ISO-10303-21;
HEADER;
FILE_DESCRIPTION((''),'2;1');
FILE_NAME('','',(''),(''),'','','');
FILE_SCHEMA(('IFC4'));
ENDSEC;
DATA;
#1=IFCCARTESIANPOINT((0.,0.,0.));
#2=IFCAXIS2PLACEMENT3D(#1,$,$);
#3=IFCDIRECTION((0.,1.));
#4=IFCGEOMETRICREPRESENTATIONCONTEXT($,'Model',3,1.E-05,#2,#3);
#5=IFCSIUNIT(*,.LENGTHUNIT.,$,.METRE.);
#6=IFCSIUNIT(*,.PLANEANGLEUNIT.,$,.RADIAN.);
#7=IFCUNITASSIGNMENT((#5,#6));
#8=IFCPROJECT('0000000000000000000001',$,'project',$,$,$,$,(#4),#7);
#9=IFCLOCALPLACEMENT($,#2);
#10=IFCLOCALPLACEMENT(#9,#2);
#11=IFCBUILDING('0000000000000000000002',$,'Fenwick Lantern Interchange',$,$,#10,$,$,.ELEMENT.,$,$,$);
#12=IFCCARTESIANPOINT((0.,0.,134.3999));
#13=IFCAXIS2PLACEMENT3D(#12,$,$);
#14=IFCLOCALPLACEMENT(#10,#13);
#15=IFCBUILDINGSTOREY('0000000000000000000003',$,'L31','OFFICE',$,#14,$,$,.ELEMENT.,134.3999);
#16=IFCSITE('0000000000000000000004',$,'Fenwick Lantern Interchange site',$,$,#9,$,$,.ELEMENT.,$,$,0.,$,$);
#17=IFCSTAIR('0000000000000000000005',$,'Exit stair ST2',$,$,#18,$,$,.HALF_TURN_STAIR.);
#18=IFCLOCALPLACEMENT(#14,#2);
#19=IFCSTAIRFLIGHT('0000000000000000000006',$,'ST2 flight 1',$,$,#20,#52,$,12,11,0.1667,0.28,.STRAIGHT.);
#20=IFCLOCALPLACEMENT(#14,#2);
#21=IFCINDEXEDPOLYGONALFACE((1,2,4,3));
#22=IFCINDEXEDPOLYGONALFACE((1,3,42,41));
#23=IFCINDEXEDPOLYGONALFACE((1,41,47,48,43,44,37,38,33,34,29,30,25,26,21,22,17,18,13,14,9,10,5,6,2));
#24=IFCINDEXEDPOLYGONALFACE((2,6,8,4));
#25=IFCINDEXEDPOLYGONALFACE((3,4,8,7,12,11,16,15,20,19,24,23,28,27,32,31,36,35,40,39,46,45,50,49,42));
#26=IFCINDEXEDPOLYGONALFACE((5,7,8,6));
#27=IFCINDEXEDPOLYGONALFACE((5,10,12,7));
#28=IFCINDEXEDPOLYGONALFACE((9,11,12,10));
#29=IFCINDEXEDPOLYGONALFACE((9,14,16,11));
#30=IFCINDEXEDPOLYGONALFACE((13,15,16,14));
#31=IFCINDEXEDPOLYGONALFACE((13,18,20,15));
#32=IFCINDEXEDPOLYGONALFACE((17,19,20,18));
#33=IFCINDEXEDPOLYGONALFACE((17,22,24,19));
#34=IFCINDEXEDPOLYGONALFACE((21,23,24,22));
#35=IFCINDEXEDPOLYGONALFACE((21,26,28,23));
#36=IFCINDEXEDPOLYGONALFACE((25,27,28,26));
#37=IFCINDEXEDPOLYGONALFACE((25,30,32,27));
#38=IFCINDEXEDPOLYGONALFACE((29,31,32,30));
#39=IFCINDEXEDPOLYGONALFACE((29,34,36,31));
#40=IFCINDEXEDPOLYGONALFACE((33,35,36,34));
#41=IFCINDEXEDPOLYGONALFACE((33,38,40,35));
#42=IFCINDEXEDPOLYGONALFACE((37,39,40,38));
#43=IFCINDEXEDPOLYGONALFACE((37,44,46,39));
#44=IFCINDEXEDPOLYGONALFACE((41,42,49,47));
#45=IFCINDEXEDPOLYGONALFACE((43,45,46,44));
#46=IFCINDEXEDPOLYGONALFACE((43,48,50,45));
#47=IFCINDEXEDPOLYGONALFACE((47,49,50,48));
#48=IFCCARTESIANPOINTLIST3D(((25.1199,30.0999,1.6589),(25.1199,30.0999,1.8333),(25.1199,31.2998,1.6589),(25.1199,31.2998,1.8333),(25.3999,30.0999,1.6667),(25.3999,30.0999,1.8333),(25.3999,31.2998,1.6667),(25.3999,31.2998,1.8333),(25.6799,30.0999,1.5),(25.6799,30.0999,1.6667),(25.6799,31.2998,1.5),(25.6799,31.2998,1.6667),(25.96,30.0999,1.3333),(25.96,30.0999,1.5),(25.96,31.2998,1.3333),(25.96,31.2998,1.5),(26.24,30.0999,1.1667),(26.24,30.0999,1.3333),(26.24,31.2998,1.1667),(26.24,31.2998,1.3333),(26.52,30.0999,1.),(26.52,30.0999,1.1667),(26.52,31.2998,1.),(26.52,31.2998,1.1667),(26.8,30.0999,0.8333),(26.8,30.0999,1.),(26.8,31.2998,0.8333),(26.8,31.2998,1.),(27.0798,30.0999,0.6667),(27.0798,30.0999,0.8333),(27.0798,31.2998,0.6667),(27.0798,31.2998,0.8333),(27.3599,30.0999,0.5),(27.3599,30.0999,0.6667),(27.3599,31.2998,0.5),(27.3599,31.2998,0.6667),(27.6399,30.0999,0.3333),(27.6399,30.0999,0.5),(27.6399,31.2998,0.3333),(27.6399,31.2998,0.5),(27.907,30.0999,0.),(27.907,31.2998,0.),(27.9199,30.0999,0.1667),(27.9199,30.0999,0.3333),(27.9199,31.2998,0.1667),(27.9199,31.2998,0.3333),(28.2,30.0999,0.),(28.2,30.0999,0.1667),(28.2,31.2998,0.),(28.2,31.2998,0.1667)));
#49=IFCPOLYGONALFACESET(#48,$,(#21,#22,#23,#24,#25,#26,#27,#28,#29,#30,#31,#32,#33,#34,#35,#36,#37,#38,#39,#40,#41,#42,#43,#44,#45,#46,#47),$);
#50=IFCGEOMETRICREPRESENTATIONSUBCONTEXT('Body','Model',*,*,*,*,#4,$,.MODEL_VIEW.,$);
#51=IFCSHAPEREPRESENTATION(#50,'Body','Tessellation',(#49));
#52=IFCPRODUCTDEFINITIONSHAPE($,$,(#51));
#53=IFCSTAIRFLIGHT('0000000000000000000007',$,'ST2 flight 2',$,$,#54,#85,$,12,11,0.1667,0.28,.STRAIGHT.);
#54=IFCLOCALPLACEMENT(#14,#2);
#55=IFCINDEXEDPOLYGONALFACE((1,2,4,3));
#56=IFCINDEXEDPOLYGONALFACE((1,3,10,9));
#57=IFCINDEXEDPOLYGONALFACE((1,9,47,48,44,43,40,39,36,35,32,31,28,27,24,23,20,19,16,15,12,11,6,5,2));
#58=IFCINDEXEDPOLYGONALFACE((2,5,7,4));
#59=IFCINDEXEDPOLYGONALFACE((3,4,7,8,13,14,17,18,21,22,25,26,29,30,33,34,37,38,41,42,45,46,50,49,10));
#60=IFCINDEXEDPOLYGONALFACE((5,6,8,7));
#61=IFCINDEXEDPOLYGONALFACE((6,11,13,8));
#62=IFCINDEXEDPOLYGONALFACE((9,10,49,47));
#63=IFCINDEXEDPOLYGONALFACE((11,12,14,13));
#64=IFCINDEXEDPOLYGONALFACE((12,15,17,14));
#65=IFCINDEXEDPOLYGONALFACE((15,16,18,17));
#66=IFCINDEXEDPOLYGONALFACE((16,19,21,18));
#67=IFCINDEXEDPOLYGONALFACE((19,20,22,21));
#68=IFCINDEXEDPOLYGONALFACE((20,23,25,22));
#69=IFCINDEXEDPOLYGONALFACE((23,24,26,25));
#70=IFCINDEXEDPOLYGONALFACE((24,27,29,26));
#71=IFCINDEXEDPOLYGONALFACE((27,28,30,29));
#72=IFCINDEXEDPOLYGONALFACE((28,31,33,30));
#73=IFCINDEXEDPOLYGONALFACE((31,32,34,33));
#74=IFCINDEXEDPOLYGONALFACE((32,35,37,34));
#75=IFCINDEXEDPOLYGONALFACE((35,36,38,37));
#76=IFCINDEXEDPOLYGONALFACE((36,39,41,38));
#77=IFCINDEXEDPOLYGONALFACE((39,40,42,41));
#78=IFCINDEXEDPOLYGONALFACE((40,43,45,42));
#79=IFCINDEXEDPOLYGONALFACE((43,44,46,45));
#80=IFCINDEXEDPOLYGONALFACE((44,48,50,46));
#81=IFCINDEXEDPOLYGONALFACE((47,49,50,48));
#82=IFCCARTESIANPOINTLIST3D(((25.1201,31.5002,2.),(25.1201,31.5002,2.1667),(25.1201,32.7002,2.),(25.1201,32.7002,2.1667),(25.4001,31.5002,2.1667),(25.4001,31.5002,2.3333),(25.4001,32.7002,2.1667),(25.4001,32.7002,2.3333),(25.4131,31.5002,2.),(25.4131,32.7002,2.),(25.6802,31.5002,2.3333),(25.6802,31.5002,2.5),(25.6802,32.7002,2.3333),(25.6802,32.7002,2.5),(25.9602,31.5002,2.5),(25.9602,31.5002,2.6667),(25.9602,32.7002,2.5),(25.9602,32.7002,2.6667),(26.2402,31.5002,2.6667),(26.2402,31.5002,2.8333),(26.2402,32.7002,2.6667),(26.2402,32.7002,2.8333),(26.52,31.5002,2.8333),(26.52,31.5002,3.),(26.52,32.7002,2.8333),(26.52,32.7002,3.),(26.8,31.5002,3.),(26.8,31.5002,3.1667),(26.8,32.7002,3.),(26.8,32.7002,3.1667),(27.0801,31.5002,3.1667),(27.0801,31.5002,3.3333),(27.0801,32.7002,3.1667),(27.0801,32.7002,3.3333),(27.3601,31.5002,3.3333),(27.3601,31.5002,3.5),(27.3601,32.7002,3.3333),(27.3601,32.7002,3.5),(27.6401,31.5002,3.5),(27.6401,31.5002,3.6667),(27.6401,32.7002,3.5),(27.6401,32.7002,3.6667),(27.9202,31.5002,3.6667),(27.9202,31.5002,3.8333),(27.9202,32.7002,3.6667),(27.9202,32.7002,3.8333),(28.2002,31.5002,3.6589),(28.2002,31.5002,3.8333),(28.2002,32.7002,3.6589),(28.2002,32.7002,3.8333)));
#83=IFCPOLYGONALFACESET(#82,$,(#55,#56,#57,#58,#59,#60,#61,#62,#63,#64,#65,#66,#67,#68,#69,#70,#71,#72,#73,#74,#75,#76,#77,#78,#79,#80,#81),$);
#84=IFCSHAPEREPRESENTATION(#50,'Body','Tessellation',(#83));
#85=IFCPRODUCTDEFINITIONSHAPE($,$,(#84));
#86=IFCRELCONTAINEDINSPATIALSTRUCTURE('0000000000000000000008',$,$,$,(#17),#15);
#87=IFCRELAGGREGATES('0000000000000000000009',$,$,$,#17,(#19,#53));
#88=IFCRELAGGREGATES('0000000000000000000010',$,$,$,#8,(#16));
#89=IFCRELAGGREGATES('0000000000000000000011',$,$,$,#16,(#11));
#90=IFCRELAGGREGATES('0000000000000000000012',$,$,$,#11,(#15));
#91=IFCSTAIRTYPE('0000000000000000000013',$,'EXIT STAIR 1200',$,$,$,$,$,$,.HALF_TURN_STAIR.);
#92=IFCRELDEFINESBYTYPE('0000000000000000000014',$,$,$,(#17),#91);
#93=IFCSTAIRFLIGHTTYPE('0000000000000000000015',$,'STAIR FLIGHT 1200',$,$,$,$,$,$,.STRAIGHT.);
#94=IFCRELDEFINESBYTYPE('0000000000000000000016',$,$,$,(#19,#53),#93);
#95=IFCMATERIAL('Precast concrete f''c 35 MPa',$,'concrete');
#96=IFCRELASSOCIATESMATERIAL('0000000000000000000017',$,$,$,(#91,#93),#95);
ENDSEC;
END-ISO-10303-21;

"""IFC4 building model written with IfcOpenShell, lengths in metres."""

from ifc_helpers import new_model, si_unit, direction, frame, origin, place, context, subcontext, project, spatial, polyline, outline, extrude, material, type_object, element, aggregate, save


model = new_model("IFC4")

# Units and contexts
model_context = context("Model", 3, precision=1e-05, world=origin(), true_north=direction((0.0, 1.0)))
body_context = subcontext(model_context, "Body", "Model", "MODEL_VIEW")
ifc_project = project(units=[si_unit("LENGTHUNIT", "METRE"), si_unit("PLANEANGLEUNIT", "RADIAN")], contexts=[model_context])

# Site, building, storey
site_placement = place(None, origin())
site = spatial("IfcSite", under=ifc_project, at=site_placement, Name="Fenwick Lantern Interchange site", CompositionType="ELEMENT", RefElevation=0.0)
building_placement = place(site_placement, origin())
building = spatial("IfcBuilding", under=site, at=building_placement, Name="Fenwick Lantern Interchange", CompositionType="ELEMENT")
storey_placement = place(building_placement, frame((0.0, 0.0, 134.3999)))
storey = spatial("IfcBuildingStorey", under=building, at=storey_placement, Name="L31", Description="OFFICE", CompositionType="ELEMENT", Elevation=134.3999)

# Stair, stair flights
ifc_material_1 = material(Name="Precast concrete f'c 35 MPa", Category="concrete")
stair_type = type_object("IfcStairType", Name="EXIT STAIR 1200", PredefinedType="HALF_TURN_STAIR", material=ifc_material_1)
stair_placement = place(storey_placement, origin())
stair = element("IfcStair", 1, at=stair_placement, inside=storey, type_object=stair_type, Name="Exit stair ST2", PredefinedType="HALF_TURN_STAIR")
stair_flight_type = type_object("IfcStairFlightType", Name="STAIR FLIGHT 1200", PredefinedType="STRAIGHT", material=ifc_material_1)
stair_flight_1_placement = place(storey_placement, frame((28.2, 30.7, 0.0), z_axis=(0.0, 0.0, 1.0), x_axis=(-1.0, 0.0, 0.0)))
stair_flight_1 = element("IfcStairFlight", 2, at=stair_flight_1_placement, type_object=stair_flight_type, Name="ST2 flight 1", NumberOfRisers=12, NumberOfTreads=11, PredefinedType="STRAIGHT", RiserHeight=0.1667, TreadLength=0.28, context=body_context, shape_type="SweptSolid", body=[
    extrude(outline(polyline([(0.0, 0.0), (0.0, 0.1667), (0.28, 0.1667), (0.28, 0.3333), (0.5601, 0.3333), (0.5601, 0.5), (0.8401, 0.5), (0.8401, 0.6667), (1.1201, 0.6667), (1.1201, 0.8333), (1.3999, 0.8333), (1.3999, 1.0), (1.6799, 1.0), (1.6799, 1.1667), (1.96, 1.1667), (1.96, 1.3333), (2.24, 1.3333), (2.24, 1.5), (2.52, 1.5), (2.52, 1.6667), (2.8, 1.6667), (2.8, 1.8333), (3.0801, 1.8333), (3.0801, 2.0), (3.0801, 1.6589), (0.293, 0.0), (0.0, 0.0)])), frame((0.0, 0.6001, 0.0), z_axis=(0.0, -1.0, 0.0), x_axis=(1.0, 0.0, 0.0)), (0.0, 0.0, 1.0), 1.2),
])
stair_flight_2_placement = place(storey_placement, frame((25.1201, 32.1001, 2.0), z_axis=(0.0, 0.0, 1.0), x_axis=(1.0, 0.0, 0.0)))
stair_flight_2 = element("IfcStairFlight", 3, at=stair_flight_2_placement, type_object=stair_flight_type, Name="ST2 flight 2", NumberOfRisers=12, NumberOfTreads=11, PredefinedType="STRAIGHT", RiserHeight=0.1667, TreadLength=0.28, context=body_context, shape_type="SweptSolid", body=[
    extrude(outline(polyline([(0.0, 0.0), (0.0, 0.1667), (0.28, 0.1667), (0.28, 0.3333), (0.5601, 0.3333), (0.5601, 0.5), (0.8401, 0.5), (0.8401, 0.6667), (1.1201, 0.6667), (1.1201, 0.8333), (1.3999, 0.8333), (1.3999, 1.0), (1.6799, 1.0), (1.6799, 1.1667), (1.96, 1.1667), (1.96, 1.3333), (2.24, 1.3333), (2.24, 1.5), (2.52, 1.5), (2.52, 1.6667), (2.8, 1.6667), (2.8, 1.8333), (3.0801, 1.8333), (3.0801, 2.0), (3.0801, 1.6589), (0.293, 0.0), (0.0, 0.0)])), frame((0.0, 0.6001, 0.0), z_axis=(0.0, -1.0, 0.0), x_axis=(1.0, 0.0, 0.0)), (0.0, 0.0, 1.0), 1.2),
])
aggregate(stair, [stair_flight_1, stair_flight_2])

save(model, "model.ifc")
